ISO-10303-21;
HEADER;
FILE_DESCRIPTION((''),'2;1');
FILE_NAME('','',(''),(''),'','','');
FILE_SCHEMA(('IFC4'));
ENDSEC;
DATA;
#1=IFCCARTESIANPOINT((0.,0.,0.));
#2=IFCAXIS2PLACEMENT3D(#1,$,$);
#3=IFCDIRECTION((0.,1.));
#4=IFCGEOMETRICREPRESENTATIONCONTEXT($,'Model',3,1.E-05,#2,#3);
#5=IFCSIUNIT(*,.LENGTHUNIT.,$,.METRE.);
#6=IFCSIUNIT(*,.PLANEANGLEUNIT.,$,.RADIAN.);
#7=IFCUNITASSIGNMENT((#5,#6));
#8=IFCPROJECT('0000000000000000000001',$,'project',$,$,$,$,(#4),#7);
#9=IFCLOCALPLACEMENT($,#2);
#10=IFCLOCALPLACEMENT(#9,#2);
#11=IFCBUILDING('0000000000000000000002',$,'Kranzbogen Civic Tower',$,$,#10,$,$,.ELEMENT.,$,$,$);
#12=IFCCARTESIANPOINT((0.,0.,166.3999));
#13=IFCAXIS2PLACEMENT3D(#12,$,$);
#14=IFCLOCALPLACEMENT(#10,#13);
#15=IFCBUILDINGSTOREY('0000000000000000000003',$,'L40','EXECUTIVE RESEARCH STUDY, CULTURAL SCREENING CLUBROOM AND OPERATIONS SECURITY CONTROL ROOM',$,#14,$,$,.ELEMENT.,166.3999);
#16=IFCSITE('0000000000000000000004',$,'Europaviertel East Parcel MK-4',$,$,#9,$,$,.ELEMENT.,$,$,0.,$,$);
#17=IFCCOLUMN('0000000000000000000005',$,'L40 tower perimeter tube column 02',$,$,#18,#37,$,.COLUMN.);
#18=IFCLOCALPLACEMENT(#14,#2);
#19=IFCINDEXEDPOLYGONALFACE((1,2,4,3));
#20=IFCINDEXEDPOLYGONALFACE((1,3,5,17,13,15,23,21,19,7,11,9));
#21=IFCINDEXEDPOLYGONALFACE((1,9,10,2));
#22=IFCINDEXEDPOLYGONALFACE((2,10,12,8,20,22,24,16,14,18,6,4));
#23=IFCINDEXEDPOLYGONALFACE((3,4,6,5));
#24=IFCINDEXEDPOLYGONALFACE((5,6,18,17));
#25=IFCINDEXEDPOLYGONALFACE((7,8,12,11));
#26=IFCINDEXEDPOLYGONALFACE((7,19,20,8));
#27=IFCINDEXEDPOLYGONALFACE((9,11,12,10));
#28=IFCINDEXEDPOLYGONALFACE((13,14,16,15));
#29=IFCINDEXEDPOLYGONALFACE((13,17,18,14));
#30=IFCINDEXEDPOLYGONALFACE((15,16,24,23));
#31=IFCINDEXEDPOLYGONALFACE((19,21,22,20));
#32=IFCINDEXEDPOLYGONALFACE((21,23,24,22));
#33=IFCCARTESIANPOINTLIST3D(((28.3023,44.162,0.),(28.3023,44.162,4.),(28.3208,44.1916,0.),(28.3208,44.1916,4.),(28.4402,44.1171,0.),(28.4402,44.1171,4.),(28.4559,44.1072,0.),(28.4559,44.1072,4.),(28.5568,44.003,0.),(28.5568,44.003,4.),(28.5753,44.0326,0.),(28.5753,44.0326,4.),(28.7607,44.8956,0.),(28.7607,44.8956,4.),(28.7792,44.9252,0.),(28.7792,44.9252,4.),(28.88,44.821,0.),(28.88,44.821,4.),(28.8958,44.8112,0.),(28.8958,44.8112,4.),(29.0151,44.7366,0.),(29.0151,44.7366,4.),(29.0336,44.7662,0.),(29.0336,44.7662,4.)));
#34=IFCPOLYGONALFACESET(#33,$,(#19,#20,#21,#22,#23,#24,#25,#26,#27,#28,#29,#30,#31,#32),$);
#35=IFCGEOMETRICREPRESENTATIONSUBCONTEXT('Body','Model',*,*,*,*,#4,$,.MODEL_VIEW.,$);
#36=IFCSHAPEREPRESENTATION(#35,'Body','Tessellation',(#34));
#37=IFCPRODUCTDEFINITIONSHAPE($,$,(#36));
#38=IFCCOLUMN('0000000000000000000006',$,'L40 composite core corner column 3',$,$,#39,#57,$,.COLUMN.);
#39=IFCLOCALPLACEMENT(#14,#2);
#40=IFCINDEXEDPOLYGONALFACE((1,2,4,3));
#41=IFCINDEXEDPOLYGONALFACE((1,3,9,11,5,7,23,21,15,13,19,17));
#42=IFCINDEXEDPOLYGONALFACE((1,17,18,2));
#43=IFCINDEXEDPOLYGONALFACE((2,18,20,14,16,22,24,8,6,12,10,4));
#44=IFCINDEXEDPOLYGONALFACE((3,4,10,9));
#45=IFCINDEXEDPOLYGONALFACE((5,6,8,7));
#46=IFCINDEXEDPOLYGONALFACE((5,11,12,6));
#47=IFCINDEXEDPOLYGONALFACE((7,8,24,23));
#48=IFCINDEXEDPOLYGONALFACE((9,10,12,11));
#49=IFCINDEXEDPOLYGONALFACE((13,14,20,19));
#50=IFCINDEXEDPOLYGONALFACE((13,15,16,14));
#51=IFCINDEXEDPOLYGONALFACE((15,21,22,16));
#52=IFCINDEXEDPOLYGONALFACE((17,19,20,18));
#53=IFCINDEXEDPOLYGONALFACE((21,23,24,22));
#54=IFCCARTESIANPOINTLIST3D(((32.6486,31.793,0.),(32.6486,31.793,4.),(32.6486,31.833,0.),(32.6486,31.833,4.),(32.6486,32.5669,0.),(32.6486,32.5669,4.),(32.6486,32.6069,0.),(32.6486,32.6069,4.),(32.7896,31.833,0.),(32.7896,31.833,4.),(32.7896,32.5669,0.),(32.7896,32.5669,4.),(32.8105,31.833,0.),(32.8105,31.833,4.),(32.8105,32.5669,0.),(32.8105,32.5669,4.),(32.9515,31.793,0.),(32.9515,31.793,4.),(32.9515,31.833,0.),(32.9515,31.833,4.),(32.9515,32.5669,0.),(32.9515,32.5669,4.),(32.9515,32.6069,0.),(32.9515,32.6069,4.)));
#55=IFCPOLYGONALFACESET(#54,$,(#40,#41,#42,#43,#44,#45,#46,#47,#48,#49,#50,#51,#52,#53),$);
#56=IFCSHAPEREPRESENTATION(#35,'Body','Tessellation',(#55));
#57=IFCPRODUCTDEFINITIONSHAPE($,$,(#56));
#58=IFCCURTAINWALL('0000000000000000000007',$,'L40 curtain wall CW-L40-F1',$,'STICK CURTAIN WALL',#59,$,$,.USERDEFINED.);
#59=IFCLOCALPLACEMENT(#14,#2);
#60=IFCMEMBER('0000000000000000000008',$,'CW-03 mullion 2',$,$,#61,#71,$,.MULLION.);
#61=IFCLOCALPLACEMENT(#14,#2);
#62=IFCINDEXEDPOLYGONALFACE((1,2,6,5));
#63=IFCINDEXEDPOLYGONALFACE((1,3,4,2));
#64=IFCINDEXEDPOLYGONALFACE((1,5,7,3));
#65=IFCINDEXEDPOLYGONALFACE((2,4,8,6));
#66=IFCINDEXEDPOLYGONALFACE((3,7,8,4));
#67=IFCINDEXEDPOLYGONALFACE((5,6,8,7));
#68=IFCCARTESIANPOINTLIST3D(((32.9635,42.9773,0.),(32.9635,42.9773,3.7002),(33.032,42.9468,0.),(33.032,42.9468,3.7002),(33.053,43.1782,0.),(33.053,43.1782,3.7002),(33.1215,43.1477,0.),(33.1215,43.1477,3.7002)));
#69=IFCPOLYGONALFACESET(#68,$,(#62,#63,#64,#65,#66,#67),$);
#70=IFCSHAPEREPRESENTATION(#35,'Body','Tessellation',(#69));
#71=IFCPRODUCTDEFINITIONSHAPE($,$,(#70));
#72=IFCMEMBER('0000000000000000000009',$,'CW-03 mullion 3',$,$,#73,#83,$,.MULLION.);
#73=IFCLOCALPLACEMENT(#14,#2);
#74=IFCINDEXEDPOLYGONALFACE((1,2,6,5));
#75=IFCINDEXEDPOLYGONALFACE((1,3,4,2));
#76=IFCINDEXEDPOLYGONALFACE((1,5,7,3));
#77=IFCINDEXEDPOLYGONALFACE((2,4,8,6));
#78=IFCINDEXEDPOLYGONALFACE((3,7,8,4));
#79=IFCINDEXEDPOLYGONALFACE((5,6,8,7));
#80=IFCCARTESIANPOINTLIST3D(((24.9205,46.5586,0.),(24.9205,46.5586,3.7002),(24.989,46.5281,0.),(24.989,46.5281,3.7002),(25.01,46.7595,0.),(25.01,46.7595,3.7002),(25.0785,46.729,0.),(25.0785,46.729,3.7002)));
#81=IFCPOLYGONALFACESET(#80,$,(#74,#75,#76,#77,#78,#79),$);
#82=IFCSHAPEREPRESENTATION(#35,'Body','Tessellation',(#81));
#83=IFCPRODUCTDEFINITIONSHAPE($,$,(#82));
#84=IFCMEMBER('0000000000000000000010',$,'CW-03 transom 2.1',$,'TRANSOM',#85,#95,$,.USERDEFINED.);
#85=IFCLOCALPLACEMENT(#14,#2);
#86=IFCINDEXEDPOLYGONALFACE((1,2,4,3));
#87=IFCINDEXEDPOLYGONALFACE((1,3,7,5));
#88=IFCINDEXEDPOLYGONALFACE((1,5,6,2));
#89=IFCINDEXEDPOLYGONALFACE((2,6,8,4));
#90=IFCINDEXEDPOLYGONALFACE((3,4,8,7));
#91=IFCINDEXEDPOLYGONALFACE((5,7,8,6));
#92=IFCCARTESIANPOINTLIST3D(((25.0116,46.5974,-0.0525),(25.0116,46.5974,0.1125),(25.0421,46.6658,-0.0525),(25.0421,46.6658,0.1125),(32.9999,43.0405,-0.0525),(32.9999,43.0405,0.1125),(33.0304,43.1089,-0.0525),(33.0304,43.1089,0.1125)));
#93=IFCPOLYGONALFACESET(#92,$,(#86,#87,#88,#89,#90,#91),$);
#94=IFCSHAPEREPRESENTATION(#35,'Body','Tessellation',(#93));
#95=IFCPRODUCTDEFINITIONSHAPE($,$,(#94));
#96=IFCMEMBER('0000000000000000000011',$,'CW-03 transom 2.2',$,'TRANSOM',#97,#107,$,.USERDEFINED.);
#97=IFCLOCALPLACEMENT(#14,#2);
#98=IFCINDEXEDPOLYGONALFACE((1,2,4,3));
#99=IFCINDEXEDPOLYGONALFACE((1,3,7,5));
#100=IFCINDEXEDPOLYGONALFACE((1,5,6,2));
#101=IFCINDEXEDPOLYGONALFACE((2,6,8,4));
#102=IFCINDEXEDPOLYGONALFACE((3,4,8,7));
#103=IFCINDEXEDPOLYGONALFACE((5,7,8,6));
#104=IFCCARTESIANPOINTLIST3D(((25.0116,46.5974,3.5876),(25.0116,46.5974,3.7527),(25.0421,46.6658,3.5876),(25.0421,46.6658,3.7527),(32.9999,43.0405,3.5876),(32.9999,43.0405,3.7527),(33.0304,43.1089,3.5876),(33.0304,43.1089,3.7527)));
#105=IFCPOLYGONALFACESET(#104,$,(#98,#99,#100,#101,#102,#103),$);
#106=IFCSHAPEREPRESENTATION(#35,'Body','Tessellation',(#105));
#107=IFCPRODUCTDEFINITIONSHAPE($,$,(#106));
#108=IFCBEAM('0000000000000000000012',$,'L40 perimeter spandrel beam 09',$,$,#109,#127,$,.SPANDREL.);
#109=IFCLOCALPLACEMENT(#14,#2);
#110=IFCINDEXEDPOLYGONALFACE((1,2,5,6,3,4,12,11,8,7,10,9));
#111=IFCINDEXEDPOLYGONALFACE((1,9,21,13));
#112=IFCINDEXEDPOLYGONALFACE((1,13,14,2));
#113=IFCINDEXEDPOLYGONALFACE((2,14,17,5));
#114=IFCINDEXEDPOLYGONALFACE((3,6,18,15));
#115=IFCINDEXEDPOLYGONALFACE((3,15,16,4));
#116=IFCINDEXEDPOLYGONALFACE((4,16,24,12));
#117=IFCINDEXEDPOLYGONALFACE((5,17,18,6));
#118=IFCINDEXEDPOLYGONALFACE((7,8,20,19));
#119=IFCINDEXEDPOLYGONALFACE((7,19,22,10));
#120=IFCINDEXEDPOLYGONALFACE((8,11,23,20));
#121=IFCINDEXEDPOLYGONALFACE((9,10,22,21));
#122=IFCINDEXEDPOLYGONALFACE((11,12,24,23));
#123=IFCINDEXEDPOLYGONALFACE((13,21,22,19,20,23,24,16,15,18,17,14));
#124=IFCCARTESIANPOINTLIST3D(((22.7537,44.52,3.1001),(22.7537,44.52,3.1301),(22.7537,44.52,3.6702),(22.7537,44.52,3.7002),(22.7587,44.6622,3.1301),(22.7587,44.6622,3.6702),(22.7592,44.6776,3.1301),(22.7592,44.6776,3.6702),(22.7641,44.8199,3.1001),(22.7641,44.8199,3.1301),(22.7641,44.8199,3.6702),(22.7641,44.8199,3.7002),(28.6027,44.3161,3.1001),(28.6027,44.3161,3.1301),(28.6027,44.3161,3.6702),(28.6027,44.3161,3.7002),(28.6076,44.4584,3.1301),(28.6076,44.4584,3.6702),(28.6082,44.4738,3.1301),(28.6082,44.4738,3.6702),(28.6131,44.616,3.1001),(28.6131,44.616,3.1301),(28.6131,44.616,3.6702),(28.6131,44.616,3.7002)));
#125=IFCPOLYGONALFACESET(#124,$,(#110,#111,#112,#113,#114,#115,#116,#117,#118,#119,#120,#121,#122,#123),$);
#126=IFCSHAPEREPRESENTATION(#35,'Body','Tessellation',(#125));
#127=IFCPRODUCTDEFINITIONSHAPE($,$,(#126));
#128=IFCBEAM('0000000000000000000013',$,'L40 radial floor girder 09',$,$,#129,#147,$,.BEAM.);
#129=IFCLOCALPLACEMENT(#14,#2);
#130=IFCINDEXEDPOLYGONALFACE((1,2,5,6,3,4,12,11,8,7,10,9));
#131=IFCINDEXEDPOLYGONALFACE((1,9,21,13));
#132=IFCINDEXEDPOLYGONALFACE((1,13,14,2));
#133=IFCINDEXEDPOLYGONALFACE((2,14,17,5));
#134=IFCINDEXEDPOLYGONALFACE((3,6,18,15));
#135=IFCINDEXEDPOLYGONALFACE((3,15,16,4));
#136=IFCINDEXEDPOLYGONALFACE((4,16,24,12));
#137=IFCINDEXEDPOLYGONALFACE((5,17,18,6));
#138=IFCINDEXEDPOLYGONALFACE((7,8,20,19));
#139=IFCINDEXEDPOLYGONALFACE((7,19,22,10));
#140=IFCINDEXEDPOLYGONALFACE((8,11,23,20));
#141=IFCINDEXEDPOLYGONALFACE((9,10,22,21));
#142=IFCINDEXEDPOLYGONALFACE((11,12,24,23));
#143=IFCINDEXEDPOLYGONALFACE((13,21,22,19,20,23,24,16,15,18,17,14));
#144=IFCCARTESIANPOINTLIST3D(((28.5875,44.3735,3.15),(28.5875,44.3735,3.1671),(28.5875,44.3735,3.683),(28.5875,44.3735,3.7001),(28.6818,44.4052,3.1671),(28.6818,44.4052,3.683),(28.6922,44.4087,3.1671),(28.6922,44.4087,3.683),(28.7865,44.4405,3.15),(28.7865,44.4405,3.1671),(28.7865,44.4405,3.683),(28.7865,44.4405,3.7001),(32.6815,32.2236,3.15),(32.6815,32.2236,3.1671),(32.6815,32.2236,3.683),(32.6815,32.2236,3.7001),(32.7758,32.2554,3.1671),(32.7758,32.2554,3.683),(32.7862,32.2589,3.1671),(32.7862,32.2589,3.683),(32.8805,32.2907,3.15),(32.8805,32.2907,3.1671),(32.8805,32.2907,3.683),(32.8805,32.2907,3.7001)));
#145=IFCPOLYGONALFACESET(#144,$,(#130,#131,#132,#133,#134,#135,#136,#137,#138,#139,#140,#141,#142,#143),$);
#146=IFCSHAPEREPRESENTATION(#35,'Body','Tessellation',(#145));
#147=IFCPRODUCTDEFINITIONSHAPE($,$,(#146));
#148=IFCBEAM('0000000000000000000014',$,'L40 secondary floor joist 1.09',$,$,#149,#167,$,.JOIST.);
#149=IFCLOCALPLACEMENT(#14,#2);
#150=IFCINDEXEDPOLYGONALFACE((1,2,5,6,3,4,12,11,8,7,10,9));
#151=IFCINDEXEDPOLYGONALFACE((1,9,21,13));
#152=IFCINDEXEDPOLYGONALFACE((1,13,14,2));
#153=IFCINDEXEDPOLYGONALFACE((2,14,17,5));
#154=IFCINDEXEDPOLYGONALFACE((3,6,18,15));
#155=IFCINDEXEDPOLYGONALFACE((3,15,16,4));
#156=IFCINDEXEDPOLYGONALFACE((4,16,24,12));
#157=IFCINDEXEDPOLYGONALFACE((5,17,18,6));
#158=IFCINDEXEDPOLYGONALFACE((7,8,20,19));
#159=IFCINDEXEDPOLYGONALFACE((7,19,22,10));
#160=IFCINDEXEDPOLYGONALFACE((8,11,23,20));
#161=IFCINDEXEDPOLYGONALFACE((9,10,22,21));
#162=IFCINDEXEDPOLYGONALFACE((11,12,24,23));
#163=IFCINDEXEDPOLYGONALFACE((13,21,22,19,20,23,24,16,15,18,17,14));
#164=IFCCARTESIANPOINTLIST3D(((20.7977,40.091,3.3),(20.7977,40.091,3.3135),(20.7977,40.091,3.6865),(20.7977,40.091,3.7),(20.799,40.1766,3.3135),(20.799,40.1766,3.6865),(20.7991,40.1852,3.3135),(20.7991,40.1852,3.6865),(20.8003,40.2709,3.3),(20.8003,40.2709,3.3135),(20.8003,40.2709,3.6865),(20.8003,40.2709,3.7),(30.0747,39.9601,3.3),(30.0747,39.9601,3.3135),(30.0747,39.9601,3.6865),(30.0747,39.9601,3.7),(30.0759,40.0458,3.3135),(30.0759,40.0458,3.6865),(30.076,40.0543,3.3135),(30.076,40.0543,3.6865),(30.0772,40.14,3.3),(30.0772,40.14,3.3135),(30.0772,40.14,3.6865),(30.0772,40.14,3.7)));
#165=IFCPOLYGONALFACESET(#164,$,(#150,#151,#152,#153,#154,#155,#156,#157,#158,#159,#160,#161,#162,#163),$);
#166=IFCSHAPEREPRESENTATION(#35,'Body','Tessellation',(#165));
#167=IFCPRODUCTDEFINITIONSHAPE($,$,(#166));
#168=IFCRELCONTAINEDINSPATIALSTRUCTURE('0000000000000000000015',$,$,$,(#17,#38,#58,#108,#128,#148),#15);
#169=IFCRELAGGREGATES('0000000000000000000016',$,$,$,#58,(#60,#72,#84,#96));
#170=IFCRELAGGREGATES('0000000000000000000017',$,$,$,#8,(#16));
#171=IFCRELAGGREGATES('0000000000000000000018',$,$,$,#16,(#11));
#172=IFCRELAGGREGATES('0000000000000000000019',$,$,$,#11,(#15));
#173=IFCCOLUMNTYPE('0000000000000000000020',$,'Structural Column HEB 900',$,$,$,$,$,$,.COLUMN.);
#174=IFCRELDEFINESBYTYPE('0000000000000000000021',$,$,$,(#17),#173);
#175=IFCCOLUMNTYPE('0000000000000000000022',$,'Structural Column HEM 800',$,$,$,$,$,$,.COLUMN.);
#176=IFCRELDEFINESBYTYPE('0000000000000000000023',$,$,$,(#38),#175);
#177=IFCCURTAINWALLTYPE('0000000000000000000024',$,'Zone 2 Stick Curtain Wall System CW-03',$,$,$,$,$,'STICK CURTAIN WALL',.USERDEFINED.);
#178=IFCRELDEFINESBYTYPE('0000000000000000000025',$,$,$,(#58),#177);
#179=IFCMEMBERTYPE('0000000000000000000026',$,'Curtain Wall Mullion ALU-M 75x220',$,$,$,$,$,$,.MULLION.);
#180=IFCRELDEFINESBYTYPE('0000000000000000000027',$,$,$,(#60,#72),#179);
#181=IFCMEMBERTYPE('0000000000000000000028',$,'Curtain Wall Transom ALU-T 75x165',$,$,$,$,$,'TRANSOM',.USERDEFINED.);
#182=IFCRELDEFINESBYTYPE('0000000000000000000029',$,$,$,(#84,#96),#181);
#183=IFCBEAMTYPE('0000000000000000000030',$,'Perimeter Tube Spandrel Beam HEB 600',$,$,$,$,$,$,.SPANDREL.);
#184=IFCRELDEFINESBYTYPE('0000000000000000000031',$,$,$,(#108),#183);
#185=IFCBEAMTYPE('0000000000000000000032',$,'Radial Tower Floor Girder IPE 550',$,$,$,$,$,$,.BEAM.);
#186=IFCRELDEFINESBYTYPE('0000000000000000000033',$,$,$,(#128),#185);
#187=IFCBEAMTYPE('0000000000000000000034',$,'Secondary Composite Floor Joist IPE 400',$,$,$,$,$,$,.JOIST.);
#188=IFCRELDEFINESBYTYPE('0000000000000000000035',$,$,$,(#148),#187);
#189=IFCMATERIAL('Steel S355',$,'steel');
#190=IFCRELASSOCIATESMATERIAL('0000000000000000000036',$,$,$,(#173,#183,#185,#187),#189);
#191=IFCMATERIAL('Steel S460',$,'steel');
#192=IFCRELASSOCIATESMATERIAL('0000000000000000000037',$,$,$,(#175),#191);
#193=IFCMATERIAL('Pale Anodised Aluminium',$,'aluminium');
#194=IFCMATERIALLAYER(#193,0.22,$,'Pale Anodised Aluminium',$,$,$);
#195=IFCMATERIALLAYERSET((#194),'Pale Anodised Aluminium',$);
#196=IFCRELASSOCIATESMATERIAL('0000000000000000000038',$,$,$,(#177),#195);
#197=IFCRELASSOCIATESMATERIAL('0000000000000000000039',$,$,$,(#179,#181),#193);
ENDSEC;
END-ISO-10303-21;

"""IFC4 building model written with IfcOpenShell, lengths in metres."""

from ifc_helpers import new_model, si_unit, direction, frame, origin, origin_2d, place, context, subcontext, project, spatial, rectangle, i_section, extrude, material, layer, layer_set, material_profile, profile_set, type_object, element, aggregate, save


model = new_model("IFC4")

# Units and contexts
model_context = context("Model", 3, precision=1e-05, world=origin(), true_north=direction((0.0, 1.0)))
body_context = subcontext(model_context, "Body", "Model", "MODEL_VIEW")
ifc_project = project(units=[si_unit("LENGTHUNIT", "METRE"), si_unit("PLANEANGLEUNIT", "RADIAN")], contexts=[model_context])

# Site, building, storey
site_placement = place(None, origin())
site = spatial("IfcSite", under=ifc_project, at=site_placement, Name="Europaviertel East Parcel MK-4", CompositionType="ELEMENT", RefElevation=0.0)
building_placement = place(site_placement, origin())
building = spatial("IfcBuilding", under=site, at=building_placement, Name="Kranzbogen Civic Tower", CompositionType="ELEMENT")
storey_placement = place(building_placement, frame((0.0, 0.0, 166.3999)))
storey = spatial("IfcBuildingStorey", under=building, at=storey_placement, Name="L40", Description="EXECUTIVE RESEARCH STUDY, CULTURAL SCREENING CLUBROOM AND OPERATIONS SECURITY CONTROL ROOM", CompositionType="ELEMENT", Elevation=166.3999)

# Columns
ifc_material_1 = material(Name="Steel S355", Category="steel")
ifc_material_profile_1 = material_profile(ifc_material_1, i_section(OverallWidth=0.3, OverallDepth=0.8999, WebThickness=0.0186, FlangeThickness=0.0349, at=origin_2d()), Name="HEB 900")
ifc_profile_set_1 = profile_set([ifc_material_profile_1], Name="Steel S355")
column_type_1 = type_object("IfcColumnType", Name="Structural Column HEB 900", PredefinedType="COLUMN", material=ifc_profile_set_1)
column_1_placement = place(storey_placement, frame((28.668, 44.4641, 0.0), z_axis=(0.0, 0.0, 1.0), x_axis=(-0.848048, 0.529919, 0.0)))
element("IfcColumn", 1, at=column_1_placement, inside=storey, type_object=column_type_1, Name="L40 tower perimeter tube column 02", PredefinedType="COLUMN", context=body_context, shape_type="SweptSolid", body=[
    extrude(i_section(OverallWidth=0.3, OverallDepth=0.8999, WebThickness=0.0186, FlangeThickness=0.0349, at=origin_2d()), origin(), (0.0, 0.0, 1.0), 4.0),
])
ifc_material_2 = material(Name="Steel S460", Category="steel")
ifc_material_profile_2 = material_profile(ifc_material_2, i_section(OverallWidth=0.303, OverallDepth=0.814, WebThickness=0.021, FlangeThickness=0.04, at=origin_2d()), Name="HEM 800")
ifc_profile_set_2 = profile_set([ifc_material_profile_2], Name="Steel S460")
column_type_2 = type_object("IfcColumnType", Name="Structural Column HEM 800", PredefinedType="COLUMN", material=ifc_profile_set_2)
column_2_placement = place(storey_placement, frame((32.8, 32.2, 0.0), z_axis=(0.0, 0.0, 1.0), x_axis=(1.0, 0.0, 0.0)))
element("IfcColumn", 2, at=column_2_placement, inside=storey, type_object=column_type_2, Name="L40 composite core corner column 3", PredefinedType="COLUMN", context=body_context, shape_type="SweptSolid", body=[
    extrude(i_section(OverallWidth=0.303, OverallDepth=0.814, WebThickness=0.021, FlangeThickness=0.04, at=origin_2d()), origin(), (0.0, 0.0, 1.0), 4.0),
])

# Curtain wall, members
ifc_material_3 = material(Name="Pale Anodised Aluminium", Category="aluminium")
ifc_layer_1 = layer(ifc_material_3, 0.22, Name="Pale Anodised Aluminium")
ifc_layer_set_1 = layer_set([ifc_layer_1], Name="Pale Anodised Aluminium")
curtain_wall_type = type_object("IfcCurtainWallType", Name="Zone 2 Stick Curtain Wall System CW-03", ElementType="STICK CURTAIN WALL", PredefinedType="USERDEFINED", material=ifc_layer_set_1)
curtain_wall_placement = place(storey_placement, origin())
curtain_wall = element("IfcCurtainWall", 3, at=curtain_wall_placement, inside=storey, type_object=curtain_wall_type, Name="L40 curtain wall CW-L40-F1", ObjectType="STICK CURTAIN WALL", PredefinedType="USERDEFINED")
ifc_material_profile_3 = material_profile(ifc_material_3, rectangle(XDim=0.075, YDim=0.22, at=origin_2d()), Name="ALU-M 75x220")
ifc_profile_set_3 = profile_set([ifc_material_profile_3], Name="Pale Anodised Aluminium")
member_type_1 = type_object("IfcMemberType", Name="Curtain Wall Mullion ALU-M 75x220", PredefinedType="MULLION", material=ifc_profile_set_3)
member_1_placement = place(storey_placement, frame((33.0425, 43.0625, 0.0), z_axis=(0.0, 0.0, 1.0), x_axis=(-0.913534, 0.406763, 0.0)))
member_1 = element("IfcMember", 4, at=member_1_placement, type_object=member_type_1, Name="CW-03 mullion 2", PredefinedType="MULLION", context=body_context, shape_type="SweptSolid", body=[
    extrude(rectangle(XDim=0.075, YDim=0.22, at=origin_2d()), origin(), (0.0, 0.0, 1.0), 3.7002),
])
member_2_placement = place(storey_placement, frame((24.9995, 46.6438, 0.0), z_axis=(0.0, 0.0, 1.0), x_axis=(-0.913534, 0.406763, 0.0)))
member_2 = element("IfcMember", 5, at=member_2_placement, type_object=member_type_1, Name="CW-03 mullion 3", PredefinedType="MULLION", context=body_context, shape_type="SweptSolid", body=[
    extrude(rectangle(XDim=0.075, YDim=0.22, at=origin_2d()), origin(), (0.0, 0.0, 1.0), 3.7002),
])
ifc_material_profile_4 = material_profile(ifc_material_3, rectangle(XDim=0.075, YDim=0.165, at=origin_2d()), Name="ALU-T 75x165")
ifc_profile_set_4 = profile_set([ifc_material_profile_4], Name="Pale Anodised Aluminium")
member_type_2 = type_object("IfcMemberType", Name="Curtain Wall Transom ALU-T 75x165", ElementType="TRANSOM", PredefinedType="USERDEFINED", material=ifc_profile_set_4)
member_3_placement = place(storey_placement, frame((33.0151, 43.0747, 0.03), z_axis=(-0.913534, 0.406763, 0.0), x_axis=(-0.406763, -0.913534, 0.0)))
member_3 = element("IfcMember", 6, at=member_3_placement, type_object=member_type_2, Name="CW-03 transom 2.1", ObjectType="TRANSOM", PredefinedType="USERDEFINED", context=body_context, shape_type="SweptSolid", body=[
    extrude(rectangle(XDim=0.075, YDim=0.165, at=origin_2d()), origin(), (0.0, 0.0, 1.0), 8.7444),
])
member_4_placement = place(storey_placement, frame((33.0151, 43.0747, 3.6702), z_axis=(-0.913534, 0.406763, 0.0), x_axis=(-0.406763, -0.913534, 0.0)))
member_4 = element("IfcMember", 7, at=member_4_placement, type_object=member_type_2, Name="CW-03 transom 2.2", ObjectType="TRANSOM", PredefinedType="USERDEFINED", context=body_context, shape_type="SweptSolid", body=[
    extrude(rectangle(XDim=0.075, YDim=0.165, at=origin_2d()), origin(), (0.0, 0.0, 1.0), 8.7444),
])

# Beams
ifc_material_profile_5 = material_profile(ifc_material_1, i_section(OverallWidth=0.3, OverallDepth=0.6001, WebThickness=0.0154, FlangeThickness=0.03, at=origin_2d()), Name="HEB 600")
ifc_profile_set_5 = profile_set([ifc_material_profile_5], Name="Steel S355")
beam_type_1 = type_object("IfcBeamType", Name="Perimeter Tube Spandrel Beam HEB 600", PredefinedType="SPANDREL", material=ifc_profile_set_5)
beam_1_placement = place(storey_placement, frame((28.6079, 44.4661, 3.4001), z_axis=(-0.999393, 0.034833, 0.0), x_axis=(-0.034833, -0.999393, 0.0)))
element("IfcBeam", 8, at=beam_1_placement, inside=storey, type_object=beam_type_1, Name="L40 perimeter spandrel beam 09", PredefinedType="SPANDREL", context=body_context, shape_type="SweptSolid", body=[
    extrude(i_section(OverallWidth=0.3, OverallDepth=0.6001, WebThickness=0.0154, FlangeThickness=0.03, at=origin_2d()), origin(), (0.0, 0.0, 1.0), 5.8525),
])
ifc_material_profile_6 = material_profile(ifc_material_1, i_section(OverallWidth=0.21, OverallDepth=0.55, WebThickness=0.011, FlangeThickness=0.0171, at=origin_2d()), Name="IPE 550")
ifc_profile_set_6 = profile_set([ifc_material_profile_6], Name="Steel S355")
beam_type_2 = type_object("IfcBeamType", Name="Radial Tower Floor Girder IPE 550", PredefinedType="BEAM", material=ifc_profile_set_6)
beam_2_placement = place(storey_placement, frame((28.687, 44.407, 3.425), z_axis=(0.319317, -0.947648, 0.0), x_axis=(0.947648, 0.319317, 0.0)))
element("IfcBeam", 9, at=beam_2_placement, inside=storey, type_object=beam_type_2, Name="L40 radial floor girder 09", PredefinedType="BEAM", context=body_context, shape_type="SweptSolid", body=[
    extrude(i_section(OverallWidth=0.21, OverallDepth=0.55, WebThickness=0.011, FlangeThickness=0.0171, at=origin_2d()), origin(), (0.0, 0.0, 1.0), 12.821),
])
ifc_material_profile_7 = material_profile(ifc_material_1, i_section(OverallWidth=0.1799, OverallDepth=0.3999, WebThickness=0.0085, FlangeThickness=0.0134, at=origin_2d()), Name="IPE 400")
ifc_profile_set_7 = profile_set([ifc_material_profile_7], Name="Steel S355")
beam_type_3 = type_object("IfcBeamType", Name="Secondary Composite Floor Joist IPE 400", PredefinedType="JOIST", material=ifc_profile_set_7)
beam_3_placement = place(storey_placement, frame((30.0759, 40.05, 3.5), z_axis=(-0.999901, 0.014105, 0.0), x_axis=(-0.014105, -0.999901, 0.0)))
element("IfcBeam", 10, at=beam_3_placement, inside=storey, type_object=beam_type_3, Name="L40 secondary floor joist 1.09", PredefinedType="JOIST", context=body_context, shape_type="SweptSolid", body=[
    extrude(i_section(OverallWidth=0.1799, OverallDepth=0.3999, WebThickness=0.0085, FlangeThickness=0.0134, at=origin_2d()), origin(), (0.0, 0.0, 1.0), 9.2778),
])

aggregate(curtain_wall, [member_1, member_2, member_3, member_4])

save(model, "model.ifc")
